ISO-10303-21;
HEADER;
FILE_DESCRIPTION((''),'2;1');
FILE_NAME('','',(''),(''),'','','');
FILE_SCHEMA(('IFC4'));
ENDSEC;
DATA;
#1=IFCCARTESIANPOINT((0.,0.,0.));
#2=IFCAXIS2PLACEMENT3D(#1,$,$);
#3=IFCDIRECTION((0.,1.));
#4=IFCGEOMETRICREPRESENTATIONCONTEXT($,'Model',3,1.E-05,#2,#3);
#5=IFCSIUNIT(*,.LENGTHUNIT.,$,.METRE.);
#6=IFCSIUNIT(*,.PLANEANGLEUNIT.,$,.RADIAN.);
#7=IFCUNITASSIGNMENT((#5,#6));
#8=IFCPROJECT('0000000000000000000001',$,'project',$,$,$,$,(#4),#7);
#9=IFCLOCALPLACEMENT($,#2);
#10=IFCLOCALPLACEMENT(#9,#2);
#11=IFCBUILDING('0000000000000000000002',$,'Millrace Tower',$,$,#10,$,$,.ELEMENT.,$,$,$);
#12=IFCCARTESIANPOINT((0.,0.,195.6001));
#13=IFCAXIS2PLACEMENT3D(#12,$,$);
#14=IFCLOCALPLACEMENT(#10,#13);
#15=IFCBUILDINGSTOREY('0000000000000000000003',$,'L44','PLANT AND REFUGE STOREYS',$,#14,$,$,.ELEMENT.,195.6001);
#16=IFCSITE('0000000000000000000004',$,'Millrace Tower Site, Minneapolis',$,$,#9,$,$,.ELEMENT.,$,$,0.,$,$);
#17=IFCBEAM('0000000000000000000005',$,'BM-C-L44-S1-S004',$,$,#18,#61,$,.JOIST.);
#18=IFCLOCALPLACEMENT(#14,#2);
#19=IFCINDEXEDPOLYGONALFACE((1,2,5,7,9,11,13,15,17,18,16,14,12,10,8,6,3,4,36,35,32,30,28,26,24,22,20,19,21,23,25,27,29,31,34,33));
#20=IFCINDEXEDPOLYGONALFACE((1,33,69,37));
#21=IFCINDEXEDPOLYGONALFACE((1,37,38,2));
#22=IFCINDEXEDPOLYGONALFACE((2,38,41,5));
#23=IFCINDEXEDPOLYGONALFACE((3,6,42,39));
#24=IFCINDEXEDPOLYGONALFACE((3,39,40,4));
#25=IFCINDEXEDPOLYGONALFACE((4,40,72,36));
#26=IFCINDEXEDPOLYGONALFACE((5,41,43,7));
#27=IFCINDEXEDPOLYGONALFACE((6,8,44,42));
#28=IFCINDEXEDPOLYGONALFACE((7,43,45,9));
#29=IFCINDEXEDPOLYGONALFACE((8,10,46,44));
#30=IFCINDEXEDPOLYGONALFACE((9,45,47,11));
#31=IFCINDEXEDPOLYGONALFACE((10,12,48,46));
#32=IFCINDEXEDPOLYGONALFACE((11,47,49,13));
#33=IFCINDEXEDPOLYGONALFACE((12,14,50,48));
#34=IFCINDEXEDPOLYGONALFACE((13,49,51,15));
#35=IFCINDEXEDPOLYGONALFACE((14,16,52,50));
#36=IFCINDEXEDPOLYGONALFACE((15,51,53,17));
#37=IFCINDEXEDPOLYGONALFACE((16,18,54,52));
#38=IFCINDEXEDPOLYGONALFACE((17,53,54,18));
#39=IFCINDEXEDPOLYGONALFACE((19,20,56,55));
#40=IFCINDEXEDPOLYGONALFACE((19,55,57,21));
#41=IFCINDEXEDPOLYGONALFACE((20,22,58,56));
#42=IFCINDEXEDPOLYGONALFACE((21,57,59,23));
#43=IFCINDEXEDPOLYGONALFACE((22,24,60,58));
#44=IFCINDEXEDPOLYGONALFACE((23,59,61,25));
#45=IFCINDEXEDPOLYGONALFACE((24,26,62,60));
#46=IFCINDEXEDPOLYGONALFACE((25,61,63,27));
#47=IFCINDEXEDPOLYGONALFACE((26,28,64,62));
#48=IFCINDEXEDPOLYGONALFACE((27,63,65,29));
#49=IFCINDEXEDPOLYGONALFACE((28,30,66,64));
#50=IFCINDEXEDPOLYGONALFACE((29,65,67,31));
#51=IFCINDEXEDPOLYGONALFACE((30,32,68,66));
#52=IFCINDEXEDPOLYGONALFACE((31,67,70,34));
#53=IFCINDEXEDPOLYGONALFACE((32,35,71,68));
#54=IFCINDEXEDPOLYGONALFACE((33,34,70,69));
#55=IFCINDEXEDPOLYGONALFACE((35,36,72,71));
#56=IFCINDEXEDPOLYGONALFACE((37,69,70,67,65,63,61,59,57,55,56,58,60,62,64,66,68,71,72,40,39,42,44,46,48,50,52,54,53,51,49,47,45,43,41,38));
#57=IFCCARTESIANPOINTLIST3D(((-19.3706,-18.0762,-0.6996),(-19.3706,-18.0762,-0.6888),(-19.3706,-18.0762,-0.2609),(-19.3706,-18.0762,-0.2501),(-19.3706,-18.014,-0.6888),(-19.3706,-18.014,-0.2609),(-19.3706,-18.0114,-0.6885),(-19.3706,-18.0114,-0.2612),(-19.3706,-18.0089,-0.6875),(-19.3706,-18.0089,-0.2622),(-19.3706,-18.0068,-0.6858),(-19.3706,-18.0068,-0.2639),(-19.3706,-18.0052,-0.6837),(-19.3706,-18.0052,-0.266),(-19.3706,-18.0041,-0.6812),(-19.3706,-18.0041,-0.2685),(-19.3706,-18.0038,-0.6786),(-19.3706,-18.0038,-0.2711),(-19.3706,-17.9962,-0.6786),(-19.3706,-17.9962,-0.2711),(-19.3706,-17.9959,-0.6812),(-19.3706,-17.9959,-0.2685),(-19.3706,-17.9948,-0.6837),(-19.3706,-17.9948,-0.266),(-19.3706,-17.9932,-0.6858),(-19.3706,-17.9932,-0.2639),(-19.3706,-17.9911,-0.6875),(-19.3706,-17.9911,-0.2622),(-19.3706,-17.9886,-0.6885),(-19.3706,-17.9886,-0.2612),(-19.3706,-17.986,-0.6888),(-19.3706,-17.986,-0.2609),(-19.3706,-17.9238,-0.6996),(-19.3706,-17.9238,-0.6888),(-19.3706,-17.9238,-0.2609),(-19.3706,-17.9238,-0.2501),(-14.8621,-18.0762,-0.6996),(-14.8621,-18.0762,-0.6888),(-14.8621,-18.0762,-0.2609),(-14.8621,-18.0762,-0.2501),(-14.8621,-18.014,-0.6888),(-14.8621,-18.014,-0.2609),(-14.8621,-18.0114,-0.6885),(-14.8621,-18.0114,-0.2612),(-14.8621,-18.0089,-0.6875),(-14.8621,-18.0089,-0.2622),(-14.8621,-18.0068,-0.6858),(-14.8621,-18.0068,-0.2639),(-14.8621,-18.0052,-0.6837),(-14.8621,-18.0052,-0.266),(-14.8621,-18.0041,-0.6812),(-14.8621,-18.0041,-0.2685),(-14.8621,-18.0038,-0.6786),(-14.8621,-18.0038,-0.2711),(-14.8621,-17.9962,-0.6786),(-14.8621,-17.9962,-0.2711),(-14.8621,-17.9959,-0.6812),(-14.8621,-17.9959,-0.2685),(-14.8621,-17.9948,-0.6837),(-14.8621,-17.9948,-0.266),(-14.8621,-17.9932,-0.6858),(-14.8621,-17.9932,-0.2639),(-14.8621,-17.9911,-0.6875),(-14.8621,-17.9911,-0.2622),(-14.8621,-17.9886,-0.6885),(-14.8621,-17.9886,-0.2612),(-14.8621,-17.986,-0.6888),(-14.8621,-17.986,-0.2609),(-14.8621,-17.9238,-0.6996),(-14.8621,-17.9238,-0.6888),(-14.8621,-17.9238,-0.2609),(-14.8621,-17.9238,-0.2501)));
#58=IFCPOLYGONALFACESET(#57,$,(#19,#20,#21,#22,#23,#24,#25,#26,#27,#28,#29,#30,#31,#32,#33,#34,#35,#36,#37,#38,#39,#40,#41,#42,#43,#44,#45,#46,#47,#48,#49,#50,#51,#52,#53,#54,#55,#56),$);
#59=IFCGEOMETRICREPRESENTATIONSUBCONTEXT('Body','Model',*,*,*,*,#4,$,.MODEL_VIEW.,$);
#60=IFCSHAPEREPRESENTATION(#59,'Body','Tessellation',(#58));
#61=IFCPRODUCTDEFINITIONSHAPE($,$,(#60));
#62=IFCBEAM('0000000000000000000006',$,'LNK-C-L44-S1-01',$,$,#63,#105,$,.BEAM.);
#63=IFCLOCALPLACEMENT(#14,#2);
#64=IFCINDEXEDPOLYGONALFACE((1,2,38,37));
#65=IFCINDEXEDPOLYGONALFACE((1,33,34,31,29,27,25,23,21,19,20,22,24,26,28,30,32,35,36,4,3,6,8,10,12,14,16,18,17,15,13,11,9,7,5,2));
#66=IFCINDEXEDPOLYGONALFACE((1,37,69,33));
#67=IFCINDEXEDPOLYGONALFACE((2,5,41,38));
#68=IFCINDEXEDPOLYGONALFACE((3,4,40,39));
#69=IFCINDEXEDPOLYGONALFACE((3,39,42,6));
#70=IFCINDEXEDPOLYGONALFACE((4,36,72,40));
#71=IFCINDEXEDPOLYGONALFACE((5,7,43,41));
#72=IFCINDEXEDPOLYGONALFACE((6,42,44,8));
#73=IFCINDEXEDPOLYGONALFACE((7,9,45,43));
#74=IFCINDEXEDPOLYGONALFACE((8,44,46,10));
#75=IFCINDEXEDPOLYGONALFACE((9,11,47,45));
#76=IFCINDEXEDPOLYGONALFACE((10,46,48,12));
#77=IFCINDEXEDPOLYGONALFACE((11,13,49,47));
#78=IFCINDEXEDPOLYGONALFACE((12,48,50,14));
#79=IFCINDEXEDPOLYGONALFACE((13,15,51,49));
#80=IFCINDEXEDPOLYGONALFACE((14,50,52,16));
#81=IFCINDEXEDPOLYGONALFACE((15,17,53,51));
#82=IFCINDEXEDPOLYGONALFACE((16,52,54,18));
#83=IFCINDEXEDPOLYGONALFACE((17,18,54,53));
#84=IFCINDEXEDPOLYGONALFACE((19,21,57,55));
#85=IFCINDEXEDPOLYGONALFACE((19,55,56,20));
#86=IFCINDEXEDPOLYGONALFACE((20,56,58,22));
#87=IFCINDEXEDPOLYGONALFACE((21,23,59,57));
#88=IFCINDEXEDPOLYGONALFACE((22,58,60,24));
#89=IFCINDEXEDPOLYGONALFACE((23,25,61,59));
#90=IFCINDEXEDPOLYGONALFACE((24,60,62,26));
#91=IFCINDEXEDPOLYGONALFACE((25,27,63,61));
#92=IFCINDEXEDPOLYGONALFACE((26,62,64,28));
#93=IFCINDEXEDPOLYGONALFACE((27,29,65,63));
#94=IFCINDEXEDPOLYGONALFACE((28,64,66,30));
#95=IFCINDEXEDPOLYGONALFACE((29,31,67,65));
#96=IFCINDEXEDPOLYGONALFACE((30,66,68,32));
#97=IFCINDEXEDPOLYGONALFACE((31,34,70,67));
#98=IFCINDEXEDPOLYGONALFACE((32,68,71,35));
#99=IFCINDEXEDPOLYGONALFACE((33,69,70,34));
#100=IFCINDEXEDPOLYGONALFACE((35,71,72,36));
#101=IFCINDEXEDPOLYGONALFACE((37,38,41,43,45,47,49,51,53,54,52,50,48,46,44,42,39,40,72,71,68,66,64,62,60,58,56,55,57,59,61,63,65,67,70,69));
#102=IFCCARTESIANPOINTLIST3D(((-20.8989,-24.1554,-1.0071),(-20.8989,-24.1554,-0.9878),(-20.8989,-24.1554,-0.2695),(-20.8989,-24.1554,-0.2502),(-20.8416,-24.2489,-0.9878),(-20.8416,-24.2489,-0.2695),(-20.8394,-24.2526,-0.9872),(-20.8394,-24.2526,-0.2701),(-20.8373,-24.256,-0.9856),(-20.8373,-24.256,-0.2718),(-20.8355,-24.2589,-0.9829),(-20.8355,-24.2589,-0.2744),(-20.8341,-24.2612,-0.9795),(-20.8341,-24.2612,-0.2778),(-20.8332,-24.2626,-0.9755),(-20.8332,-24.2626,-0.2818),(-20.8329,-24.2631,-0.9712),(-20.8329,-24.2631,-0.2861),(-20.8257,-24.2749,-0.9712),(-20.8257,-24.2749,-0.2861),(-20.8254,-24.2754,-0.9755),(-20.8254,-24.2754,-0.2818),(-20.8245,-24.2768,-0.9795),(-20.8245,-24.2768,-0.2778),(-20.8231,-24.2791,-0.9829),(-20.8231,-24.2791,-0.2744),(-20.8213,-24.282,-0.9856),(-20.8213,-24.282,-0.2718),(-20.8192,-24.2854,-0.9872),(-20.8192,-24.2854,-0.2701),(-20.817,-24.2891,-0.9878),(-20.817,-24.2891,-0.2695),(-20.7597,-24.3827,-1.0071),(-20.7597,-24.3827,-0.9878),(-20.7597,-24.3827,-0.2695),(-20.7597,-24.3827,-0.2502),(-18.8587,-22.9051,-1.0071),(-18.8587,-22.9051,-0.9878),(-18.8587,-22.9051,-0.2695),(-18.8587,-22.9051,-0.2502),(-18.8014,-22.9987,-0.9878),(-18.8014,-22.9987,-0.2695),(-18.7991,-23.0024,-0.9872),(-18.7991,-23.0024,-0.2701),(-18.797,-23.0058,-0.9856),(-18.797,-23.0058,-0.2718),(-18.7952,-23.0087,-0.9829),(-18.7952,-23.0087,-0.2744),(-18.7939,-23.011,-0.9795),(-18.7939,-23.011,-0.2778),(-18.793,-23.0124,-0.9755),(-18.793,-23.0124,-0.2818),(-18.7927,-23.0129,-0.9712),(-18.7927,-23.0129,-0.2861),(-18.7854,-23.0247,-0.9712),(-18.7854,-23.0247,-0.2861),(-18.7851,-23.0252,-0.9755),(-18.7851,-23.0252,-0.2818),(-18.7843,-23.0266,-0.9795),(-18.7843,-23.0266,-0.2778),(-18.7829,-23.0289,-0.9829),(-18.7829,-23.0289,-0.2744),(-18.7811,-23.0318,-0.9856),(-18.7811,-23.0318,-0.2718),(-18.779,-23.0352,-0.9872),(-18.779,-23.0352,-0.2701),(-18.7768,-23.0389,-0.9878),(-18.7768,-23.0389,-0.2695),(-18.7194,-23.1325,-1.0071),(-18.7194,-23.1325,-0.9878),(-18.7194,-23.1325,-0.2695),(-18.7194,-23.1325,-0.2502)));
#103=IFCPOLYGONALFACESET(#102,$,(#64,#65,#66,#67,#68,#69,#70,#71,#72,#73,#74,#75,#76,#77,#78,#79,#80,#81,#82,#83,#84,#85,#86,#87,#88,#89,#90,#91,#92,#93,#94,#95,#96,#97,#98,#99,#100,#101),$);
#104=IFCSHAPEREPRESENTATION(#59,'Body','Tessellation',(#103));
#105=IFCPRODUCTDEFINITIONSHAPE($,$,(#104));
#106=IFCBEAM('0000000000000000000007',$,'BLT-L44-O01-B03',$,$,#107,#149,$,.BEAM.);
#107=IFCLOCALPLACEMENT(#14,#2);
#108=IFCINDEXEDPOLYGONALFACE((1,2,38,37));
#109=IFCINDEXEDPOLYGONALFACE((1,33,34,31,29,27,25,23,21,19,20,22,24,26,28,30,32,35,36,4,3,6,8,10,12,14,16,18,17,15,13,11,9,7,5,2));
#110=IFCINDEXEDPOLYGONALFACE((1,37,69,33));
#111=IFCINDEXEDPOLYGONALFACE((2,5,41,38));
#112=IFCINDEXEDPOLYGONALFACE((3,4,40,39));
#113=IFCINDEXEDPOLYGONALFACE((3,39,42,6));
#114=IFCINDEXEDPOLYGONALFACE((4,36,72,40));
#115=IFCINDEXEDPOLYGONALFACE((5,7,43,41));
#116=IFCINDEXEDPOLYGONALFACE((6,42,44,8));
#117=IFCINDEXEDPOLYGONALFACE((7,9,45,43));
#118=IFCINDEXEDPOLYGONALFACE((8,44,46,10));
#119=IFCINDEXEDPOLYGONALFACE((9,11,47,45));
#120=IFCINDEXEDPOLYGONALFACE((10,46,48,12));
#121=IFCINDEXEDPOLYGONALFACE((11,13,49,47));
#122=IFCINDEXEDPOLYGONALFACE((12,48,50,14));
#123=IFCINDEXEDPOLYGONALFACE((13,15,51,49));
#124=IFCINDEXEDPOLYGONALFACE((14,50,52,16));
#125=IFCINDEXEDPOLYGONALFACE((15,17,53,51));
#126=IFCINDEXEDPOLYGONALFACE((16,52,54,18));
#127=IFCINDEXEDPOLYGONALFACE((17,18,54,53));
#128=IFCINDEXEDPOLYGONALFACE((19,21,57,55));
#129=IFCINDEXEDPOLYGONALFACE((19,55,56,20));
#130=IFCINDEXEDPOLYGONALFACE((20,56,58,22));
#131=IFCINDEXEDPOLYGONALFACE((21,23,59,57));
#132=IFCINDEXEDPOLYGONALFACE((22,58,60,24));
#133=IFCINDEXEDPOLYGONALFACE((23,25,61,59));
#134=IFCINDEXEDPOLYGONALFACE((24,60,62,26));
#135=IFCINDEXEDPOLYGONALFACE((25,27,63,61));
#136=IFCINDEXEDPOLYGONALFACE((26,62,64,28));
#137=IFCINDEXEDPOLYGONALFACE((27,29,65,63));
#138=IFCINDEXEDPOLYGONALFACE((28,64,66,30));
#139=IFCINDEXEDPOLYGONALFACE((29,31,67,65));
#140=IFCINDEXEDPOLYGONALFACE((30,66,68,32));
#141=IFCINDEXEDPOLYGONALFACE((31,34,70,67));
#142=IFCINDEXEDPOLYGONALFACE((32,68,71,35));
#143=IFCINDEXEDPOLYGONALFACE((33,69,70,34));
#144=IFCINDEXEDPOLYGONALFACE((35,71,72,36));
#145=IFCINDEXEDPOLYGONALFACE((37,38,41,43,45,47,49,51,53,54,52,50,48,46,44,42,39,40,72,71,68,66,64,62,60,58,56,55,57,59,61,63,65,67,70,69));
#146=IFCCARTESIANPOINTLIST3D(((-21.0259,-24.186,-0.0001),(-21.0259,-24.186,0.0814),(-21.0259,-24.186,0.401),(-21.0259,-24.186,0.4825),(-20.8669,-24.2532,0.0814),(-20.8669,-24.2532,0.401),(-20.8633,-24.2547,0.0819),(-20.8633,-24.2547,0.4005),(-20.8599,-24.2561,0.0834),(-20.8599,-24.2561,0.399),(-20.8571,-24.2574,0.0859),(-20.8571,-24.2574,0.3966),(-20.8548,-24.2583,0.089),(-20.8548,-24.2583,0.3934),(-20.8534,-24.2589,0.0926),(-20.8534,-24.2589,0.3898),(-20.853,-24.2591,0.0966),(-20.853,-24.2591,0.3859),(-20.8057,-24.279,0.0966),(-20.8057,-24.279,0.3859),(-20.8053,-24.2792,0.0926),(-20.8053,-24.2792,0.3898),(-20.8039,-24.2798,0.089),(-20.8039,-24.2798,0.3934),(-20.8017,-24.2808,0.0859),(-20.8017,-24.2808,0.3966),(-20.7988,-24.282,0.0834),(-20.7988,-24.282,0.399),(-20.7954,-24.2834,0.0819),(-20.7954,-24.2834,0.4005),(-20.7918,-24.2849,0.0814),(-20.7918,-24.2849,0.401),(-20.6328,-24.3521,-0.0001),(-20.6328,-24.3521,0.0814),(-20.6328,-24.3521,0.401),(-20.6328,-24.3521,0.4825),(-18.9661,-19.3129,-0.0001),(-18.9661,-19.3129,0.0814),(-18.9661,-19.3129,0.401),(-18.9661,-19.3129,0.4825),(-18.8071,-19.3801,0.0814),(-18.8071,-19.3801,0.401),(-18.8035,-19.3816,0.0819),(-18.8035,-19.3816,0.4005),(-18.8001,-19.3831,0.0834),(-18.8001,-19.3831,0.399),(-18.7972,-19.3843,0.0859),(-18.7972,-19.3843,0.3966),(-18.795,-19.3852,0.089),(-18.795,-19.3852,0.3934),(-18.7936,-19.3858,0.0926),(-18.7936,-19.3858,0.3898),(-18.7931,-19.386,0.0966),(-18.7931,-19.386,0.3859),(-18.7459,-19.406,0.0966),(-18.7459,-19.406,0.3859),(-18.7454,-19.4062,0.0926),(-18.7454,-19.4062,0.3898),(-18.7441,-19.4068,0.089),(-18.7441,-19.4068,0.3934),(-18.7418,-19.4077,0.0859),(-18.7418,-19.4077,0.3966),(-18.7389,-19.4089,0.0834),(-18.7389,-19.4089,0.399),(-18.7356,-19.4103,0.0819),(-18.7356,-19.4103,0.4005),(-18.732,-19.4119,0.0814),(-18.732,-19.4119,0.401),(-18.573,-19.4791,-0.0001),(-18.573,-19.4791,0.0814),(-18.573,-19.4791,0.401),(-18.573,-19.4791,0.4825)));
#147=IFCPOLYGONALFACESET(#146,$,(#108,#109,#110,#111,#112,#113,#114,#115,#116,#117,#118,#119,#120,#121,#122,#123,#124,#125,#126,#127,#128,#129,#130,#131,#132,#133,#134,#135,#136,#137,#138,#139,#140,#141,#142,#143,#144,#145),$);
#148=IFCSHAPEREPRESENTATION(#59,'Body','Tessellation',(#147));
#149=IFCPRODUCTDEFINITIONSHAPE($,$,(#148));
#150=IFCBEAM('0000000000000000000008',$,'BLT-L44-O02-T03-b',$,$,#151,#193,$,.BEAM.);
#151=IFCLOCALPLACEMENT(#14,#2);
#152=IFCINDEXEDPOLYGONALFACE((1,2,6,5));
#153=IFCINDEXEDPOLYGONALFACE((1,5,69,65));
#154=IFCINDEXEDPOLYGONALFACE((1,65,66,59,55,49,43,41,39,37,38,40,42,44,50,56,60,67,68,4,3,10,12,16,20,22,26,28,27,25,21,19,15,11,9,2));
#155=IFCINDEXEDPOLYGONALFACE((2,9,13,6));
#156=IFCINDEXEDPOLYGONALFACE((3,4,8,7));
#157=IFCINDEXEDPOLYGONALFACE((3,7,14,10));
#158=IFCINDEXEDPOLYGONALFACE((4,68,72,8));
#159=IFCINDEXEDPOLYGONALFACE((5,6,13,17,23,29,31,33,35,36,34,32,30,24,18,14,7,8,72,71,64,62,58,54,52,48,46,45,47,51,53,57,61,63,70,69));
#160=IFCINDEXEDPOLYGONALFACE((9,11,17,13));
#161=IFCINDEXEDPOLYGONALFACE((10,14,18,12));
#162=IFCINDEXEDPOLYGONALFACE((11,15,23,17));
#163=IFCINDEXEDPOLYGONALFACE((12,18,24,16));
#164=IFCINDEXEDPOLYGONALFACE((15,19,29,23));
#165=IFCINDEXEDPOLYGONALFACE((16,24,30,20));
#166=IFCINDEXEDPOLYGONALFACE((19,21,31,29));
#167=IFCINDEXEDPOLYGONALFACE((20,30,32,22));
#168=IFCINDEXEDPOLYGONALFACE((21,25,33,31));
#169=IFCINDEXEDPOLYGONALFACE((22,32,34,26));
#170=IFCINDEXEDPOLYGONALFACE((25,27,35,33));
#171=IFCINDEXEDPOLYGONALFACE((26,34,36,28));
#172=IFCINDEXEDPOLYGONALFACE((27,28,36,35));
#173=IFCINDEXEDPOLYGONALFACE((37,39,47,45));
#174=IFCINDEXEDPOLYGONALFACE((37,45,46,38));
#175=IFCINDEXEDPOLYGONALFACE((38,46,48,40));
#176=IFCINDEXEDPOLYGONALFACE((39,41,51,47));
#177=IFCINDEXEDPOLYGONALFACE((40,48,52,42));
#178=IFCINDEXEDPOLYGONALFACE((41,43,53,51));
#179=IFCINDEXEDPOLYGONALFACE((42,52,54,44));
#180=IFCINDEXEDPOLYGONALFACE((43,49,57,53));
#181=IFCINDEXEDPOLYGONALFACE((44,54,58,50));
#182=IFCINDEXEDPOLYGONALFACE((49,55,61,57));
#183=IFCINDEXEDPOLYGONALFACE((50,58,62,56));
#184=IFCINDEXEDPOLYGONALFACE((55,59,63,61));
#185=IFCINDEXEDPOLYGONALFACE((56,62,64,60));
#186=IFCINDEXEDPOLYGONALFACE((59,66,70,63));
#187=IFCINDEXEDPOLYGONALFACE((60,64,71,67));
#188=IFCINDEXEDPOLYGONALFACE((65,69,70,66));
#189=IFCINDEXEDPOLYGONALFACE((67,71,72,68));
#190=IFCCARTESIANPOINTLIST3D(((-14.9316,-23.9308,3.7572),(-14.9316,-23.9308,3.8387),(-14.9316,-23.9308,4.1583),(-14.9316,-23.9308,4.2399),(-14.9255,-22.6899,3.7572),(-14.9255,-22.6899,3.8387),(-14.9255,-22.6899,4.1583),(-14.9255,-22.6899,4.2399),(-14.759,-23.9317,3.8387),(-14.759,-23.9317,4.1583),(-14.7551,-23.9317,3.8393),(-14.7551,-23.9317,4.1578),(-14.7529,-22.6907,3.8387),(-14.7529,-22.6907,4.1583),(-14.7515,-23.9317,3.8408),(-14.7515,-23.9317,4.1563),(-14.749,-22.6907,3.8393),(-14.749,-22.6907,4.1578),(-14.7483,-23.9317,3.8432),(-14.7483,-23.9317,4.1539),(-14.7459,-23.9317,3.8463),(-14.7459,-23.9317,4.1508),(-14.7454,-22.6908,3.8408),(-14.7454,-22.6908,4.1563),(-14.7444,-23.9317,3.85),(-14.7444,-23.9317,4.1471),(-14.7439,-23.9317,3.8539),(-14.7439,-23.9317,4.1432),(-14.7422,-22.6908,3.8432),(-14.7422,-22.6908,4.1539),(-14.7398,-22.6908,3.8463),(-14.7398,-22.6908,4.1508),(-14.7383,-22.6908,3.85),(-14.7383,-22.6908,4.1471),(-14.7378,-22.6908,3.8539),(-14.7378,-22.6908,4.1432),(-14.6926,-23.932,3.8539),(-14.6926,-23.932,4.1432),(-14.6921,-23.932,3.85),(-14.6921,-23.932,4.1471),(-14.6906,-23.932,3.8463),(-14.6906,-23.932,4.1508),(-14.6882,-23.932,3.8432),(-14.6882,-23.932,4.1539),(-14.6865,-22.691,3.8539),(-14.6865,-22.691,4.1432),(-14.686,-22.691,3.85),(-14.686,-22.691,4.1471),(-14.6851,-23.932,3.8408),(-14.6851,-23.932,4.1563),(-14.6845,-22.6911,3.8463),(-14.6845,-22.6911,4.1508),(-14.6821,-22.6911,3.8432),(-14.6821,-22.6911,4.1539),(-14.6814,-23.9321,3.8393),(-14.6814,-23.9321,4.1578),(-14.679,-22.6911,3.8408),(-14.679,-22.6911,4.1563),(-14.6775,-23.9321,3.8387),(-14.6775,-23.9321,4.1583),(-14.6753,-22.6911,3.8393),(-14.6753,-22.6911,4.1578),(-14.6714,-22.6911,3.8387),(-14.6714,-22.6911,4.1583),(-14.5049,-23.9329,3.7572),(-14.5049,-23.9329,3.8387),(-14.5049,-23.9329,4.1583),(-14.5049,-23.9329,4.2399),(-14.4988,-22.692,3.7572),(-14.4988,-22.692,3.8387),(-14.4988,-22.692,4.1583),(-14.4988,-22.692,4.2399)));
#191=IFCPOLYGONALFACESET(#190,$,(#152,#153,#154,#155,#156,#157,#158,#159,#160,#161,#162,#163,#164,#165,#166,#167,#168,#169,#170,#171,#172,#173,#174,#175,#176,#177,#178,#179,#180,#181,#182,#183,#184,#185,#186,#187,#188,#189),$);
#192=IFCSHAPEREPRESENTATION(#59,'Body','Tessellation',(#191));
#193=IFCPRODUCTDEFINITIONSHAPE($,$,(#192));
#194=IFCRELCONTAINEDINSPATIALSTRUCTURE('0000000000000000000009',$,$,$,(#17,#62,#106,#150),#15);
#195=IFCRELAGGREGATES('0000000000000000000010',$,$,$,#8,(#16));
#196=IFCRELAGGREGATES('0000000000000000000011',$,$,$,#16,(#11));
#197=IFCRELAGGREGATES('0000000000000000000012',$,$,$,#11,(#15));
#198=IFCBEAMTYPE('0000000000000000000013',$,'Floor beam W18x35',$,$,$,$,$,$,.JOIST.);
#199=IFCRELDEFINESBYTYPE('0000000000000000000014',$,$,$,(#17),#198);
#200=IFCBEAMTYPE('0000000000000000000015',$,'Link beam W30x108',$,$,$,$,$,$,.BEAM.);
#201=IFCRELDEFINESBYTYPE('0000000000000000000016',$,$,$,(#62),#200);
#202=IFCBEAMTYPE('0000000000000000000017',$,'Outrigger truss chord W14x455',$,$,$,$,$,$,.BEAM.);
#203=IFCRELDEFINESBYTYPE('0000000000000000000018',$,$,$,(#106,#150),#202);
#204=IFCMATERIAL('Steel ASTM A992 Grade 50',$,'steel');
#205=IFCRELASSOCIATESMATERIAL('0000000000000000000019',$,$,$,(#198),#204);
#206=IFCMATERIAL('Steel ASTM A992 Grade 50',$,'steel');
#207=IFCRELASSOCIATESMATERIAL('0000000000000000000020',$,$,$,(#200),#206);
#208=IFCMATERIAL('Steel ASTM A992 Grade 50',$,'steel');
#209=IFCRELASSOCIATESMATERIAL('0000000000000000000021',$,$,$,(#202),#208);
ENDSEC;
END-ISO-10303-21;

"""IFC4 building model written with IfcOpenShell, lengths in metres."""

from ifc_helpers import new_model, si_unit, direction, frame, origin, origin_2d, place, context, subcontext, project, spatial, i_section, extrude, material, material_profile, profile_set, type_object, element, save


model = new_model("IFC4")

# Units and contexts
model_context = context("Model", 3, precision=1e-05, world=origin(), true_north=direction((0.0, 1.0)))
body_context = subcontext(model_context, "Body", "Model", "MODEL_VIEW")
ifc_project = project(units=[si_unit("LENGTHUNIT", "METRE"), si_unit("PLANEANGLEUNIT", "RADIAN")], contexts=[model_context])

# Site, building, storey
site_placement = place(None, origin())
site = spatial("IfcSite", under=ifc_project, at=site_placement, Name="Millrace Tower Site, Minneapolis", CompositionType="ELEMENT", RefElevation=0.0)
building_placement = place(site_placement, origin())
building = spatial("IfcBuilding", under=site, at=building_placement, Name="Millrace Tower", CompositionType="ELEMENT")
storey_placement = place(building_placement, frame((0.0, 0.0, 195.6001)))
storey = spatial("IfcBuildingStorey", under=building, at=storey_placement, Name="L44", Description="PLANT AND REFUGE STOREYS", CompositionType="ELEMENT", Elevation=195.6001)

# Beams
ifc_material_1 = material(Name="Steel ASTM A992 Grade 50", Category="steel")
ifc_material_profile_1 = material_profile(ifc_material_1, i_section(OverallWidth=0.1523, OverallDepth=0.4495, WebThickness=0.0076, FlangeThickness=0.0107, FilletRadius=0.0103, at=origin_2d()))
ifc_profile_set_1 = profile_set([ifc_material_profile_1], Name="Steel ASTM A992 Grade 50")
beam_type_1 = type_object("IfcBeamType", Name="Floor beam W18x35", PredefinedType="JOIST", material=ifc_profile_set_1)
beam_1_placement = place(storey_placement, frame((-19.3706, -18.0, -0.4749), z_axis=(1.0, 0.0, 0.0), x_axis=(0.0, 1.0, 0.0)))
element("IfcBeam", 1, at=beam_1_placement, inside=storey, type_object=beam_type_1, Name="BM-C-L44-S1-S004", PredefinedType="JOIST", context=body_context, shape_type="SweptSolid", body=[
    extrude(i_section(OverallWidth=0.1523, OverallDepth=0.4495, WebThickness=0.0076, FlangeThickness=0.0107, FilletRadius=0.0103, at=origin_2d()), origin(), (0.0, 0.0, 1.0), 4.5085),
])
ifc_material_2 = material(Name="Steel ASTM A992 Grade 50", Category="steel")
ifc_material_profile_2 = material_profile(ifc_material_2, i_section(OverallWidth=0.2666, OverallDepth=0.7568, WebThickness=0.0139, FlangeThickness=0.0193, FilletRadius=0.0166, at=origin_2d()))
ifc_profile_set_2 = profile_set([ifc_material_profile_2], Name="Steel ASTM A992 Grade 50")
beam_type_2 = type_object("IfcBeamType", Name="Link beam W30x108", PredefinedType="BEAM", material=ifc_profile_set_2)
beam_2_placement = place(storey_placement, frame((-18.7891, -23.0188, -0.6287), z_axis=(-0.852648, -0.522485, 0.0), x_axis=(0.522485, -0.852648, 0.0)))
element("IfcBeam", 2, at=beam_2_placement, inside=storey, type_object=beam_type_2, Name="LNK-C-L44-S1-01", PredefinedType="BEAM", context=body_context, shape_type="SweptSolid", body=[
    extrude(i_section(OverallWidth=0.2666, OverallDepth=0.7568, WebThickness=0.0139, FlangeThickness=0.0193, FilletRadius=0.0166, at=origin_2d()), origin(), (0.0, 0.0, 1.0), 2.3928),
])
ifc_material_3 = material(Name="Steel ASTM A992 Grade 50", Category="steel")
ifc_material_profile_3 = material_profile(ifc_material_3, i_section(OverallWidth=0.4268, OverallDepth=0.4827, WebThickness=0.0513, FlangeThickness=0.0815, FilletRadius=0.0151, at=origin_2d()))
ifc_profile_set_3 = profile_set([ifc_material_profile_3], Name="Steel ASTM A992 Grade 50")
beam_type_3 = type_object("IfcBeamType", Name="Outrigger truss chord W14x455", PredefinedType="BEAM", material=ifc_profile_set_3)
beam_3_placement = place(storey_placement, frame((-18.7695, -19.396, 0.2412), z_axis=(-0.389342, -0.921093, 0.0), x_axis=(0.921093, -0.389342, 0.0)))
element("IfcBeam", 3, at=beam_3_placement, inside=storey, type_object=beam_type_3, Name="BLT-L44-O01-B03", PredefinedType="BEAM", context=body_context, shape_type="SweptSolid", body=[
    extrude(i_section(OverallWidth=0.4268, OverallDepth=0.4827, WebThickness=0.0513, FlangeThickness=0.0815, FilletRadius=0.0151, at=origin_2d()), origin(), (0.0, 0.0, 1.0), 5.2905),
])
beam_4_placement = place(storey_placement, frame((-14.7122, -22.6909, 3.9985), z_axis=(-0.004918, -0.999988, 0.0), x_axis=(0.999988, -0.004918, 0.0)))
element("IfcBeam", 4, at=beam_4_placement, inside=storey, type_object=beam_type_3, Name="BLT-L44-O02-T03-b", PredefinedType="BEAM", context=body_context, shape_type="SweptSolid", body=[
    extrude(i_section(OverallWidth=0.4268, OverallDepth=0.4827, WebThickness=0.0513, FlangeThickness=0.0815, FilletRadius=0.0151, at=origin_2d()), origin(), (0.0, 0.0, 1.0), 1.241),
])

save(model, "model.ifc")
